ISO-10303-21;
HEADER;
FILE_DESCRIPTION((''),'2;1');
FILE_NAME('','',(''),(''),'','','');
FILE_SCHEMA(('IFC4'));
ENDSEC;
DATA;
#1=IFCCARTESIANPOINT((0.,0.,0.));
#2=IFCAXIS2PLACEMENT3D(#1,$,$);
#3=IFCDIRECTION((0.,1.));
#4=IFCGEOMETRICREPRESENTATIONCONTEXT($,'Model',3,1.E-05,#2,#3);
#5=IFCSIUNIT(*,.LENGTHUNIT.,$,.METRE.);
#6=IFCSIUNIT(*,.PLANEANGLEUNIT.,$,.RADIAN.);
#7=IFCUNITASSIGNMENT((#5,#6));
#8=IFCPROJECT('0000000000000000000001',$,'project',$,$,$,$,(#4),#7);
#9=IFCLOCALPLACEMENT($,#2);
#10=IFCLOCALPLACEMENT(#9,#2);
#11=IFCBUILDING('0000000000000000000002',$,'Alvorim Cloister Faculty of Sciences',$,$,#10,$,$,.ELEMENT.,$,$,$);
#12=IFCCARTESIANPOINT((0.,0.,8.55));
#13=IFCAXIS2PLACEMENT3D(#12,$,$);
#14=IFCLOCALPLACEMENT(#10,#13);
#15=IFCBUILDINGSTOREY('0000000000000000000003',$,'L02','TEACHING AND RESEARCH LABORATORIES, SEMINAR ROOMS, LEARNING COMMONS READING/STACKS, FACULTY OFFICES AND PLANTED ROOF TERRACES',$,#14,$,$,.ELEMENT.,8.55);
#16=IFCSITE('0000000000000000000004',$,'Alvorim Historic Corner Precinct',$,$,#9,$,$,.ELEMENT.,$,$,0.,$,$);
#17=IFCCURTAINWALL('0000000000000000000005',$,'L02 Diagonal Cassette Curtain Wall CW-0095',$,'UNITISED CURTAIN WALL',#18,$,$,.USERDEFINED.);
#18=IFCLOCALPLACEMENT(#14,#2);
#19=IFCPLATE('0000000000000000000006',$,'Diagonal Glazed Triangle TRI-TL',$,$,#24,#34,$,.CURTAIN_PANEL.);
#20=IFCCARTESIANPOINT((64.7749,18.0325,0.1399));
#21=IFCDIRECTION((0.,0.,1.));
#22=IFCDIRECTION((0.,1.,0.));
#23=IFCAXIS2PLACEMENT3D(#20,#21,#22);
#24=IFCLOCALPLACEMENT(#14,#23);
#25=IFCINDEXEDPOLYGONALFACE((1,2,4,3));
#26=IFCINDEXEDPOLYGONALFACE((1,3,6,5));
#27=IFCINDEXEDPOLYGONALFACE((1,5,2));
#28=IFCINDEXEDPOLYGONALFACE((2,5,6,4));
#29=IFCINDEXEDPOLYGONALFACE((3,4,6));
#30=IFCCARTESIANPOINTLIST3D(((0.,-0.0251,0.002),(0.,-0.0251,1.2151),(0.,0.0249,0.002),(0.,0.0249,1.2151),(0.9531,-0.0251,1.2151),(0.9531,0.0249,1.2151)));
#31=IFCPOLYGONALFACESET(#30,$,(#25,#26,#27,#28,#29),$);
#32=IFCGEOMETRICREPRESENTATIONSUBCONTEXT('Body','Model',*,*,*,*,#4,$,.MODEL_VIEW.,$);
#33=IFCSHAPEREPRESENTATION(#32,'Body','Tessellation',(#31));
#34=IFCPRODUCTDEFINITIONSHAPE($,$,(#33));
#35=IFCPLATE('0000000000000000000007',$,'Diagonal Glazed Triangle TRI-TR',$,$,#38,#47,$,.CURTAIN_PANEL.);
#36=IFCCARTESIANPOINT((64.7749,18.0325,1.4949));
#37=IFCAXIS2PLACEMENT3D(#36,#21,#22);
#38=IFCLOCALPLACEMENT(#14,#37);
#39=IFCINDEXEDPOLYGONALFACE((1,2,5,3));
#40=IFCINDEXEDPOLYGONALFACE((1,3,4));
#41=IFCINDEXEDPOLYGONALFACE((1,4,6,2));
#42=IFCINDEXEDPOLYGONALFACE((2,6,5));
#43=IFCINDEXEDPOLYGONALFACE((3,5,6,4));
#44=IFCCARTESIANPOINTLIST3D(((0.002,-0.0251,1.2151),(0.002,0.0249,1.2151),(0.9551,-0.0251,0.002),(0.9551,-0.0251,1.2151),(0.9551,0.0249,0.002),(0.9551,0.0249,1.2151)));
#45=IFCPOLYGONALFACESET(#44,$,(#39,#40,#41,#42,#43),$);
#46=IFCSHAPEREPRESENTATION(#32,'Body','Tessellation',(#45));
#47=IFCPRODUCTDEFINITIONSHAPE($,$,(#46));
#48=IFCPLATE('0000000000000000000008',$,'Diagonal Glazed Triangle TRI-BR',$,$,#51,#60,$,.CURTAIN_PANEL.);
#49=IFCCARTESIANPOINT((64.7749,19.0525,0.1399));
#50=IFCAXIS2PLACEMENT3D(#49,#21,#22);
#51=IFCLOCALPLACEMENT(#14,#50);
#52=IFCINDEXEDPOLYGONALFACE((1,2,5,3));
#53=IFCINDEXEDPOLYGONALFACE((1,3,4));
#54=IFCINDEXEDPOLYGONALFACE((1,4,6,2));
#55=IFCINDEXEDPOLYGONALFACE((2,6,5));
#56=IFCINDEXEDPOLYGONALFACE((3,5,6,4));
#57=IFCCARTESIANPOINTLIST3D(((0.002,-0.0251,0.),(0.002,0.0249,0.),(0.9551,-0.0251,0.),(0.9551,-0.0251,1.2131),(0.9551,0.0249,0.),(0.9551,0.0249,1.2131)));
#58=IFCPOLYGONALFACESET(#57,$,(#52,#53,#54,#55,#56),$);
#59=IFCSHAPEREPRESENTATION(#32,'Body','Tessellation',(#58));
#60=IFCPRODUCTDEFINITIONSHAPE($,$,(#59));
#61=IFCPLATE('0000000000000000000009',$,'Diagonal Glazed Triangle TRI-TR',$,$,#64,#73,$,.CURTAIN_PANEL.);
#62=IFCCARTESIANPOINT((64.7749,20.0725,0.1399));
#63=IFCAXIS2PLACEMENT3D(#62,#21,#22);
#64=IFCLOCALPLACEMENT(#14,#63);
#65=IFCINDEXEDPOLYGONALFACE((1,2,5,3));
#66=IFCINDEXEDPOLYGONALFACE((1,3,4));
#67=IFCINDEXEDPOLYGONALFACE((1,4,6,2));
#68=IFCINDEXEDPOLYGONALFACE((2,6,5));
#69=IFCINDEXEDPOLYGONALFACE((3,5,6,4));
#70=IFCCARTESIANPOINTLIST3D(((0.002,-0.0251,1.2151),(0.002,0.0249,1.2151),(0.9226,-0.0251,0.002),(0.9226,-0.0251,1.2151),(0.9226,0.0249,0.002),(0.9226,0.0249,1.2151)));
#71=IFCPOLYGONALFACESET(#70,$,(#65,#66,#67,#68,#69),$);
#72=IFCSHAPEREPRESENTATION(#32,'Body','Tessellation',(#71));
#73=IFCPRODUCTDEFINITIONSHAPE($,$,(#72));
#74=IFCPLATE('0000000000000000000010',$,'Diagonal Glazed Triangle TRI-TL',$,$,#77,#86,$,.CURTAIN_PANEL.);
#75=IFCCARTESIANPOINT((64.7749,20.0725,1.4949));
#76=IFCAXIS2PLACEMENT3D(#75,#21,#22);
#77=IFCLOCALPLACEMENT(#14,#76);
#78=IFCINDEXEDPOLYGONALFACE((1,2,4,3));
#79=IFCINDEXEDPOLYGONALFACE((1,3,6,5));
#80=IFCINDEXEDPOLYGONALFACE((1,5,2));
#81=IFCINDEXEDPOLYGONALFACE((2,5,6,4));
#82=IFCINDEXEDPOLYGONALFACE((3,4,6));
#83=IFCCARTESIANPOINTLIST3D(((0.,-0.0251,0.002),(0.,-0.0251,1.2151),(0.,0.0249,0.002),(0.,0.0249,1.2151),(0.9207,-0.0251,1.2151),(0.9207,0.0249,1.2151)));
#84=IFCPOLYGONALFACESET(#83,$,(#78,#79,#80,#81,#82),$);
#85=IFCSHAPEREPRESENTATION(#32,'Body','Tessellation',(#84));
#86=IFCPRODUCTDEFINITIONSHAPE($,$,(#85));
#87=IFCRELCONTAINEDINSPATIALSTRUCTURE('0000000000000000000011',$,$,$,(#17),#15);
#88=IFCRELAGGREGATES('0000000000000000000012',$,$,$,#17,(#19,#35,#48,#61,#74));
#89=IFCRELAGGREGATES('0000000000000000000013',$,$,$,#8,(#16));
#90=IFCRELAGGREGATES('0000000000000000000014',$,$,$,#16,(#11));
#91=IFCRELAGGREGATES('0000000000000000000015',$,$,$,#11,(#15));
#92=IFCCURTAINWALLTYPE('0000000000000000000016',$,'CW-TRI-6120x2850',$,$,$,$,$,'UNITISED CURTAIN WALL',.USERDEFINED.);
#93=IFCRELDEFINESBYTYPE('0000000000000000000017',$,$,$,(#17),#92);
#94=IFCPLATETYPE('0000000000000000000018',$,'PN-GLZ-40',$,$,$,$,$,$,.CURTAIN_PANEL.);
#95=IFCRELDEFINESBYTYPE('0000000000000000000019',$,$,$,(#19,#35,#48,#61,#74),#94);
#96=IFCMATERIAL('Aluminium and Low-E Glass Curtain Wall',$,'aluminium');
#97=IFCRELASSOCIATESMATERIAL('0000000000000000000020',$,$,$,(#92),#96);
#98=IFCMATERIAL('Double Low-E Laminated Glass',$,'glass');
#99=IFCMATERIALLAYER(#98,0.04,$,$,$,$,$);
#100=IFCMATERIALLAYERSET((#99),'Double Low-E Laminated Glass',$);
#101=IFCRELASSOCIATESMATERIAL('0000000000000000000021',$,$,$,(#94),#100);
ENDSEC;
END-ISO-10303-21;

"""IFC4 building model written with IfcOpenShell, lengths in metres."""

from ifc_helpers import new_model, si_unit, direction, frame, origin, place, context, subcontext, project, spatial, polyline, outline, extrude, material, layer, layer_set, type_object, element, aggregate, save


model = new_model("IFC4")

# Units and contexts
model_context = context("Model", 3, precision=1e-05, world=origin(), true_north=direction((0.0, 1.0)))
body_context = subcontext(model_context, "Body", "Model", "MODEL_VIEW")
ifc_project = project(units=[si_unit("LENGTHUNIT", "METRE"), si_unit("PLANEANGLEUNIT", "RADIAN")], contexts=[model_context])

# Site, building, storey
site_placement = place(None, origin())
site = spatial("IfcSite", under=ifc_project, at=site_placement, Name="Alvorim Historic Corner Precinct", CompositionType="ELEMENT", RefElevation=0.0)
building_placement = place(site_placement, origin())
building = spatial("IfcBuilding", under=site, at=building_placement, Name="Alvorim Cloister Faculty of Sciences", CompositionType="ELEMENT")
storey_placement = place(building_placement, frame((0.0, 0.0, 8.55)))
storey = spatial("IfcBuildingStorey", under=building, at=storey_placement, Name="L02", Description="TEACHING AND RESEARCH LABORATORIES, SEMINAR ROOMS, LEARNING COMMONS READING/STACKS, FACULTY OFFICES AND PLANTED ROOF TERRACES", CompositionType="ELEMENT", Elevation=8.55)

# Curtain wall, plates
ifc_material_1 = material(Name="Aluminium and Low-E Glass Curtain Wall", Category="aluminium")
curtain_wall_type = type_object("IfcCurtainWallType", Name="CW-TRI-6120x2850", ElementType="UNITISED CURTAIN WALL", PredefinedType="USERDEFINED", material=ifc_material_1)
curtain_wall_placement = place(storey_placement, origin())
curtain_wall = element("IfcCurtainWall", 1, at=curtain_wall_placement, inside=storey, type_object=curtain_wall_type, Name="L02 Diagonal Cassette Curtain Wall CW-0095", ObjectType="UNITISED CURTAIN WALL", PredefinedType="USERDEFINED")
ifc_material_2 = material(Name="Double Low-E Laminated Glass", Category="glass")
ifc_layer = layer(ifc_material_2, 0.04)
ifc_layer_set = layer_set([ifc_layer], Name="Double Low-E Laminated Glass")
plate_type = type_object("IfcPlateType", Name="PN-GLZ-40", PredefinedType="CURTAIN_PANEL", material=ifc_layer_set)
plate_1_placement = place(storey_placement, frame((64.7749, 18.0325, 0.1399), z_axis=(0.0, 0.0, 1.0), x_axis=(0.0, 1.0, 0.0)))
plate_1 = element("IfcPlate", 2, at=plate_1_placement, type_object=plate_type, Name="Diagonal Glazed Triangle TRI-TL", PredefinedType="CURTAIN_PANEL", context=body_context, shape_type="SweptSolid", body=[
    extrude(outline(polyline([(0.9531, 1.2151), (0.0, 1.2151), (0.0, 0.002), (0.9531, 1.2151)])), frame((0.0, 0.0249, 0.0), z_axis=(0.0, -1.0, 0.0), x_axis=(1.0, 0.0, 0.0)), (0.0, 0.0, 1.0), 0.05),
])
plate_2_placement = place(storey_placement, frame((64.7749, 18.0325, 1.4949), z_axis=(0.0, 0.0, 1.0), x_axis=(0.0, 1.0, 0.0)))
plate_2 = element("IfcPlate", 3, at=plate_2_placement, type_object=plate_type, Name="Diagonal Glazed Triangle TRI-TR", PredefinedType="CURTAIN_PANEL", context=body_context, shape_type="SweptSolid", body=[
    extrude(outline(polyline([(0.9551, 0.002), (0.9551, 1.2151), (0.002, 1.2151), (0.9551, 0.002)])), frame((0.0, 0.0249, 0.0), z_axis=(0.0, -1.0, 0.0), x_axis=(1.0, 0.0, 0.0)), (0.0, 0.0, 1.0), 0.05),
])
plate_3_placement = place(storey_placement, frame((64.7749, 19.0525, 0.1399), z_axis=(0.0, 0.0, 1.0), x_axis=(0.0, 1.0, 0.0)))
plate_3 = element("IfcPlate", 4, at=plate_3_placement, type_object=plate_type, Name="Diagonal Glazed Triangle TRI-BR", PredefinedType="CURTAIN_PANEL", context=body_context, shape_type="SweptSolid", body=[
    extrude(outline(polyline([(0.002, 0.0), (0.9551, 0.0), (0.9551, 1.2131), (0.002, 0.0)])), frame((0.0, 0.0249, 0.0), z_axis=(0.0, -1.0, 0.0), x_axis=(1.0, 0.0, 0.0)), (0.0, 0.0, 1.0), 0.05),
])
plate_4_placement = place(storey_placement, frame((64.7749, 20.0725, 0.1399), z_axis=(0.0, 0.0, 1.0), x_axis=(0.0, 1.0, 0.0)))
plate_4 = element("IfcPlate", 5, at=plate_4_placement, type_object=plate_type, Name="Diagonal Glazed Triangle TRI-TR", PredefinedType="CURTAIN_PANEL", context=body_context, shape_type="SweptSolid", body=[
    extrude(outline(polyline([(0.9226, 0.002), (0.9226, 1.2151), (0.002, 1.2151), (0.9226, 0.002)])), frame((0.0, 0.0249, 0.0), z_axis=(0.0, -1.0, 0.0), x_axis=(1.0, 0.0, 0.0)), (0.0, 0.0, 1.0), 0.05),
])
plate_5_placement = place(storey_placement, frame((64.7749, 20.0725, 1.4949), z_axis=(0.0, 0.0, 1.0), x_axis=(0.0, 1.0, 0.0)))
plate_5 = element("IfcPlate", 6, at=plate_5_placement, type_object=plate_type, Name="Diagonal Glazed Triangle TRI-TL", PredefinedType="CURTAIN_PANEL", context=body_context, shape_type="SweptSolid", body=[
    extrude(outline(polyline([(0.9207, 1.2151), (0.0, 1.2151), (0.0, 0.002), (0.9207, 1.2151)])), frame((0.0, 0.0249, 0.0), z_axis=(0.0, -1.0, 0.0), x_axis=(1.0, 0.0, 0.0)), (0.0, 0.0, 1.0), 0.05),
])
aggregate(curtain_wall, [plate_1, plate_2, plate_3, plate_4, plate_5])

save(model, "model.ifc")
